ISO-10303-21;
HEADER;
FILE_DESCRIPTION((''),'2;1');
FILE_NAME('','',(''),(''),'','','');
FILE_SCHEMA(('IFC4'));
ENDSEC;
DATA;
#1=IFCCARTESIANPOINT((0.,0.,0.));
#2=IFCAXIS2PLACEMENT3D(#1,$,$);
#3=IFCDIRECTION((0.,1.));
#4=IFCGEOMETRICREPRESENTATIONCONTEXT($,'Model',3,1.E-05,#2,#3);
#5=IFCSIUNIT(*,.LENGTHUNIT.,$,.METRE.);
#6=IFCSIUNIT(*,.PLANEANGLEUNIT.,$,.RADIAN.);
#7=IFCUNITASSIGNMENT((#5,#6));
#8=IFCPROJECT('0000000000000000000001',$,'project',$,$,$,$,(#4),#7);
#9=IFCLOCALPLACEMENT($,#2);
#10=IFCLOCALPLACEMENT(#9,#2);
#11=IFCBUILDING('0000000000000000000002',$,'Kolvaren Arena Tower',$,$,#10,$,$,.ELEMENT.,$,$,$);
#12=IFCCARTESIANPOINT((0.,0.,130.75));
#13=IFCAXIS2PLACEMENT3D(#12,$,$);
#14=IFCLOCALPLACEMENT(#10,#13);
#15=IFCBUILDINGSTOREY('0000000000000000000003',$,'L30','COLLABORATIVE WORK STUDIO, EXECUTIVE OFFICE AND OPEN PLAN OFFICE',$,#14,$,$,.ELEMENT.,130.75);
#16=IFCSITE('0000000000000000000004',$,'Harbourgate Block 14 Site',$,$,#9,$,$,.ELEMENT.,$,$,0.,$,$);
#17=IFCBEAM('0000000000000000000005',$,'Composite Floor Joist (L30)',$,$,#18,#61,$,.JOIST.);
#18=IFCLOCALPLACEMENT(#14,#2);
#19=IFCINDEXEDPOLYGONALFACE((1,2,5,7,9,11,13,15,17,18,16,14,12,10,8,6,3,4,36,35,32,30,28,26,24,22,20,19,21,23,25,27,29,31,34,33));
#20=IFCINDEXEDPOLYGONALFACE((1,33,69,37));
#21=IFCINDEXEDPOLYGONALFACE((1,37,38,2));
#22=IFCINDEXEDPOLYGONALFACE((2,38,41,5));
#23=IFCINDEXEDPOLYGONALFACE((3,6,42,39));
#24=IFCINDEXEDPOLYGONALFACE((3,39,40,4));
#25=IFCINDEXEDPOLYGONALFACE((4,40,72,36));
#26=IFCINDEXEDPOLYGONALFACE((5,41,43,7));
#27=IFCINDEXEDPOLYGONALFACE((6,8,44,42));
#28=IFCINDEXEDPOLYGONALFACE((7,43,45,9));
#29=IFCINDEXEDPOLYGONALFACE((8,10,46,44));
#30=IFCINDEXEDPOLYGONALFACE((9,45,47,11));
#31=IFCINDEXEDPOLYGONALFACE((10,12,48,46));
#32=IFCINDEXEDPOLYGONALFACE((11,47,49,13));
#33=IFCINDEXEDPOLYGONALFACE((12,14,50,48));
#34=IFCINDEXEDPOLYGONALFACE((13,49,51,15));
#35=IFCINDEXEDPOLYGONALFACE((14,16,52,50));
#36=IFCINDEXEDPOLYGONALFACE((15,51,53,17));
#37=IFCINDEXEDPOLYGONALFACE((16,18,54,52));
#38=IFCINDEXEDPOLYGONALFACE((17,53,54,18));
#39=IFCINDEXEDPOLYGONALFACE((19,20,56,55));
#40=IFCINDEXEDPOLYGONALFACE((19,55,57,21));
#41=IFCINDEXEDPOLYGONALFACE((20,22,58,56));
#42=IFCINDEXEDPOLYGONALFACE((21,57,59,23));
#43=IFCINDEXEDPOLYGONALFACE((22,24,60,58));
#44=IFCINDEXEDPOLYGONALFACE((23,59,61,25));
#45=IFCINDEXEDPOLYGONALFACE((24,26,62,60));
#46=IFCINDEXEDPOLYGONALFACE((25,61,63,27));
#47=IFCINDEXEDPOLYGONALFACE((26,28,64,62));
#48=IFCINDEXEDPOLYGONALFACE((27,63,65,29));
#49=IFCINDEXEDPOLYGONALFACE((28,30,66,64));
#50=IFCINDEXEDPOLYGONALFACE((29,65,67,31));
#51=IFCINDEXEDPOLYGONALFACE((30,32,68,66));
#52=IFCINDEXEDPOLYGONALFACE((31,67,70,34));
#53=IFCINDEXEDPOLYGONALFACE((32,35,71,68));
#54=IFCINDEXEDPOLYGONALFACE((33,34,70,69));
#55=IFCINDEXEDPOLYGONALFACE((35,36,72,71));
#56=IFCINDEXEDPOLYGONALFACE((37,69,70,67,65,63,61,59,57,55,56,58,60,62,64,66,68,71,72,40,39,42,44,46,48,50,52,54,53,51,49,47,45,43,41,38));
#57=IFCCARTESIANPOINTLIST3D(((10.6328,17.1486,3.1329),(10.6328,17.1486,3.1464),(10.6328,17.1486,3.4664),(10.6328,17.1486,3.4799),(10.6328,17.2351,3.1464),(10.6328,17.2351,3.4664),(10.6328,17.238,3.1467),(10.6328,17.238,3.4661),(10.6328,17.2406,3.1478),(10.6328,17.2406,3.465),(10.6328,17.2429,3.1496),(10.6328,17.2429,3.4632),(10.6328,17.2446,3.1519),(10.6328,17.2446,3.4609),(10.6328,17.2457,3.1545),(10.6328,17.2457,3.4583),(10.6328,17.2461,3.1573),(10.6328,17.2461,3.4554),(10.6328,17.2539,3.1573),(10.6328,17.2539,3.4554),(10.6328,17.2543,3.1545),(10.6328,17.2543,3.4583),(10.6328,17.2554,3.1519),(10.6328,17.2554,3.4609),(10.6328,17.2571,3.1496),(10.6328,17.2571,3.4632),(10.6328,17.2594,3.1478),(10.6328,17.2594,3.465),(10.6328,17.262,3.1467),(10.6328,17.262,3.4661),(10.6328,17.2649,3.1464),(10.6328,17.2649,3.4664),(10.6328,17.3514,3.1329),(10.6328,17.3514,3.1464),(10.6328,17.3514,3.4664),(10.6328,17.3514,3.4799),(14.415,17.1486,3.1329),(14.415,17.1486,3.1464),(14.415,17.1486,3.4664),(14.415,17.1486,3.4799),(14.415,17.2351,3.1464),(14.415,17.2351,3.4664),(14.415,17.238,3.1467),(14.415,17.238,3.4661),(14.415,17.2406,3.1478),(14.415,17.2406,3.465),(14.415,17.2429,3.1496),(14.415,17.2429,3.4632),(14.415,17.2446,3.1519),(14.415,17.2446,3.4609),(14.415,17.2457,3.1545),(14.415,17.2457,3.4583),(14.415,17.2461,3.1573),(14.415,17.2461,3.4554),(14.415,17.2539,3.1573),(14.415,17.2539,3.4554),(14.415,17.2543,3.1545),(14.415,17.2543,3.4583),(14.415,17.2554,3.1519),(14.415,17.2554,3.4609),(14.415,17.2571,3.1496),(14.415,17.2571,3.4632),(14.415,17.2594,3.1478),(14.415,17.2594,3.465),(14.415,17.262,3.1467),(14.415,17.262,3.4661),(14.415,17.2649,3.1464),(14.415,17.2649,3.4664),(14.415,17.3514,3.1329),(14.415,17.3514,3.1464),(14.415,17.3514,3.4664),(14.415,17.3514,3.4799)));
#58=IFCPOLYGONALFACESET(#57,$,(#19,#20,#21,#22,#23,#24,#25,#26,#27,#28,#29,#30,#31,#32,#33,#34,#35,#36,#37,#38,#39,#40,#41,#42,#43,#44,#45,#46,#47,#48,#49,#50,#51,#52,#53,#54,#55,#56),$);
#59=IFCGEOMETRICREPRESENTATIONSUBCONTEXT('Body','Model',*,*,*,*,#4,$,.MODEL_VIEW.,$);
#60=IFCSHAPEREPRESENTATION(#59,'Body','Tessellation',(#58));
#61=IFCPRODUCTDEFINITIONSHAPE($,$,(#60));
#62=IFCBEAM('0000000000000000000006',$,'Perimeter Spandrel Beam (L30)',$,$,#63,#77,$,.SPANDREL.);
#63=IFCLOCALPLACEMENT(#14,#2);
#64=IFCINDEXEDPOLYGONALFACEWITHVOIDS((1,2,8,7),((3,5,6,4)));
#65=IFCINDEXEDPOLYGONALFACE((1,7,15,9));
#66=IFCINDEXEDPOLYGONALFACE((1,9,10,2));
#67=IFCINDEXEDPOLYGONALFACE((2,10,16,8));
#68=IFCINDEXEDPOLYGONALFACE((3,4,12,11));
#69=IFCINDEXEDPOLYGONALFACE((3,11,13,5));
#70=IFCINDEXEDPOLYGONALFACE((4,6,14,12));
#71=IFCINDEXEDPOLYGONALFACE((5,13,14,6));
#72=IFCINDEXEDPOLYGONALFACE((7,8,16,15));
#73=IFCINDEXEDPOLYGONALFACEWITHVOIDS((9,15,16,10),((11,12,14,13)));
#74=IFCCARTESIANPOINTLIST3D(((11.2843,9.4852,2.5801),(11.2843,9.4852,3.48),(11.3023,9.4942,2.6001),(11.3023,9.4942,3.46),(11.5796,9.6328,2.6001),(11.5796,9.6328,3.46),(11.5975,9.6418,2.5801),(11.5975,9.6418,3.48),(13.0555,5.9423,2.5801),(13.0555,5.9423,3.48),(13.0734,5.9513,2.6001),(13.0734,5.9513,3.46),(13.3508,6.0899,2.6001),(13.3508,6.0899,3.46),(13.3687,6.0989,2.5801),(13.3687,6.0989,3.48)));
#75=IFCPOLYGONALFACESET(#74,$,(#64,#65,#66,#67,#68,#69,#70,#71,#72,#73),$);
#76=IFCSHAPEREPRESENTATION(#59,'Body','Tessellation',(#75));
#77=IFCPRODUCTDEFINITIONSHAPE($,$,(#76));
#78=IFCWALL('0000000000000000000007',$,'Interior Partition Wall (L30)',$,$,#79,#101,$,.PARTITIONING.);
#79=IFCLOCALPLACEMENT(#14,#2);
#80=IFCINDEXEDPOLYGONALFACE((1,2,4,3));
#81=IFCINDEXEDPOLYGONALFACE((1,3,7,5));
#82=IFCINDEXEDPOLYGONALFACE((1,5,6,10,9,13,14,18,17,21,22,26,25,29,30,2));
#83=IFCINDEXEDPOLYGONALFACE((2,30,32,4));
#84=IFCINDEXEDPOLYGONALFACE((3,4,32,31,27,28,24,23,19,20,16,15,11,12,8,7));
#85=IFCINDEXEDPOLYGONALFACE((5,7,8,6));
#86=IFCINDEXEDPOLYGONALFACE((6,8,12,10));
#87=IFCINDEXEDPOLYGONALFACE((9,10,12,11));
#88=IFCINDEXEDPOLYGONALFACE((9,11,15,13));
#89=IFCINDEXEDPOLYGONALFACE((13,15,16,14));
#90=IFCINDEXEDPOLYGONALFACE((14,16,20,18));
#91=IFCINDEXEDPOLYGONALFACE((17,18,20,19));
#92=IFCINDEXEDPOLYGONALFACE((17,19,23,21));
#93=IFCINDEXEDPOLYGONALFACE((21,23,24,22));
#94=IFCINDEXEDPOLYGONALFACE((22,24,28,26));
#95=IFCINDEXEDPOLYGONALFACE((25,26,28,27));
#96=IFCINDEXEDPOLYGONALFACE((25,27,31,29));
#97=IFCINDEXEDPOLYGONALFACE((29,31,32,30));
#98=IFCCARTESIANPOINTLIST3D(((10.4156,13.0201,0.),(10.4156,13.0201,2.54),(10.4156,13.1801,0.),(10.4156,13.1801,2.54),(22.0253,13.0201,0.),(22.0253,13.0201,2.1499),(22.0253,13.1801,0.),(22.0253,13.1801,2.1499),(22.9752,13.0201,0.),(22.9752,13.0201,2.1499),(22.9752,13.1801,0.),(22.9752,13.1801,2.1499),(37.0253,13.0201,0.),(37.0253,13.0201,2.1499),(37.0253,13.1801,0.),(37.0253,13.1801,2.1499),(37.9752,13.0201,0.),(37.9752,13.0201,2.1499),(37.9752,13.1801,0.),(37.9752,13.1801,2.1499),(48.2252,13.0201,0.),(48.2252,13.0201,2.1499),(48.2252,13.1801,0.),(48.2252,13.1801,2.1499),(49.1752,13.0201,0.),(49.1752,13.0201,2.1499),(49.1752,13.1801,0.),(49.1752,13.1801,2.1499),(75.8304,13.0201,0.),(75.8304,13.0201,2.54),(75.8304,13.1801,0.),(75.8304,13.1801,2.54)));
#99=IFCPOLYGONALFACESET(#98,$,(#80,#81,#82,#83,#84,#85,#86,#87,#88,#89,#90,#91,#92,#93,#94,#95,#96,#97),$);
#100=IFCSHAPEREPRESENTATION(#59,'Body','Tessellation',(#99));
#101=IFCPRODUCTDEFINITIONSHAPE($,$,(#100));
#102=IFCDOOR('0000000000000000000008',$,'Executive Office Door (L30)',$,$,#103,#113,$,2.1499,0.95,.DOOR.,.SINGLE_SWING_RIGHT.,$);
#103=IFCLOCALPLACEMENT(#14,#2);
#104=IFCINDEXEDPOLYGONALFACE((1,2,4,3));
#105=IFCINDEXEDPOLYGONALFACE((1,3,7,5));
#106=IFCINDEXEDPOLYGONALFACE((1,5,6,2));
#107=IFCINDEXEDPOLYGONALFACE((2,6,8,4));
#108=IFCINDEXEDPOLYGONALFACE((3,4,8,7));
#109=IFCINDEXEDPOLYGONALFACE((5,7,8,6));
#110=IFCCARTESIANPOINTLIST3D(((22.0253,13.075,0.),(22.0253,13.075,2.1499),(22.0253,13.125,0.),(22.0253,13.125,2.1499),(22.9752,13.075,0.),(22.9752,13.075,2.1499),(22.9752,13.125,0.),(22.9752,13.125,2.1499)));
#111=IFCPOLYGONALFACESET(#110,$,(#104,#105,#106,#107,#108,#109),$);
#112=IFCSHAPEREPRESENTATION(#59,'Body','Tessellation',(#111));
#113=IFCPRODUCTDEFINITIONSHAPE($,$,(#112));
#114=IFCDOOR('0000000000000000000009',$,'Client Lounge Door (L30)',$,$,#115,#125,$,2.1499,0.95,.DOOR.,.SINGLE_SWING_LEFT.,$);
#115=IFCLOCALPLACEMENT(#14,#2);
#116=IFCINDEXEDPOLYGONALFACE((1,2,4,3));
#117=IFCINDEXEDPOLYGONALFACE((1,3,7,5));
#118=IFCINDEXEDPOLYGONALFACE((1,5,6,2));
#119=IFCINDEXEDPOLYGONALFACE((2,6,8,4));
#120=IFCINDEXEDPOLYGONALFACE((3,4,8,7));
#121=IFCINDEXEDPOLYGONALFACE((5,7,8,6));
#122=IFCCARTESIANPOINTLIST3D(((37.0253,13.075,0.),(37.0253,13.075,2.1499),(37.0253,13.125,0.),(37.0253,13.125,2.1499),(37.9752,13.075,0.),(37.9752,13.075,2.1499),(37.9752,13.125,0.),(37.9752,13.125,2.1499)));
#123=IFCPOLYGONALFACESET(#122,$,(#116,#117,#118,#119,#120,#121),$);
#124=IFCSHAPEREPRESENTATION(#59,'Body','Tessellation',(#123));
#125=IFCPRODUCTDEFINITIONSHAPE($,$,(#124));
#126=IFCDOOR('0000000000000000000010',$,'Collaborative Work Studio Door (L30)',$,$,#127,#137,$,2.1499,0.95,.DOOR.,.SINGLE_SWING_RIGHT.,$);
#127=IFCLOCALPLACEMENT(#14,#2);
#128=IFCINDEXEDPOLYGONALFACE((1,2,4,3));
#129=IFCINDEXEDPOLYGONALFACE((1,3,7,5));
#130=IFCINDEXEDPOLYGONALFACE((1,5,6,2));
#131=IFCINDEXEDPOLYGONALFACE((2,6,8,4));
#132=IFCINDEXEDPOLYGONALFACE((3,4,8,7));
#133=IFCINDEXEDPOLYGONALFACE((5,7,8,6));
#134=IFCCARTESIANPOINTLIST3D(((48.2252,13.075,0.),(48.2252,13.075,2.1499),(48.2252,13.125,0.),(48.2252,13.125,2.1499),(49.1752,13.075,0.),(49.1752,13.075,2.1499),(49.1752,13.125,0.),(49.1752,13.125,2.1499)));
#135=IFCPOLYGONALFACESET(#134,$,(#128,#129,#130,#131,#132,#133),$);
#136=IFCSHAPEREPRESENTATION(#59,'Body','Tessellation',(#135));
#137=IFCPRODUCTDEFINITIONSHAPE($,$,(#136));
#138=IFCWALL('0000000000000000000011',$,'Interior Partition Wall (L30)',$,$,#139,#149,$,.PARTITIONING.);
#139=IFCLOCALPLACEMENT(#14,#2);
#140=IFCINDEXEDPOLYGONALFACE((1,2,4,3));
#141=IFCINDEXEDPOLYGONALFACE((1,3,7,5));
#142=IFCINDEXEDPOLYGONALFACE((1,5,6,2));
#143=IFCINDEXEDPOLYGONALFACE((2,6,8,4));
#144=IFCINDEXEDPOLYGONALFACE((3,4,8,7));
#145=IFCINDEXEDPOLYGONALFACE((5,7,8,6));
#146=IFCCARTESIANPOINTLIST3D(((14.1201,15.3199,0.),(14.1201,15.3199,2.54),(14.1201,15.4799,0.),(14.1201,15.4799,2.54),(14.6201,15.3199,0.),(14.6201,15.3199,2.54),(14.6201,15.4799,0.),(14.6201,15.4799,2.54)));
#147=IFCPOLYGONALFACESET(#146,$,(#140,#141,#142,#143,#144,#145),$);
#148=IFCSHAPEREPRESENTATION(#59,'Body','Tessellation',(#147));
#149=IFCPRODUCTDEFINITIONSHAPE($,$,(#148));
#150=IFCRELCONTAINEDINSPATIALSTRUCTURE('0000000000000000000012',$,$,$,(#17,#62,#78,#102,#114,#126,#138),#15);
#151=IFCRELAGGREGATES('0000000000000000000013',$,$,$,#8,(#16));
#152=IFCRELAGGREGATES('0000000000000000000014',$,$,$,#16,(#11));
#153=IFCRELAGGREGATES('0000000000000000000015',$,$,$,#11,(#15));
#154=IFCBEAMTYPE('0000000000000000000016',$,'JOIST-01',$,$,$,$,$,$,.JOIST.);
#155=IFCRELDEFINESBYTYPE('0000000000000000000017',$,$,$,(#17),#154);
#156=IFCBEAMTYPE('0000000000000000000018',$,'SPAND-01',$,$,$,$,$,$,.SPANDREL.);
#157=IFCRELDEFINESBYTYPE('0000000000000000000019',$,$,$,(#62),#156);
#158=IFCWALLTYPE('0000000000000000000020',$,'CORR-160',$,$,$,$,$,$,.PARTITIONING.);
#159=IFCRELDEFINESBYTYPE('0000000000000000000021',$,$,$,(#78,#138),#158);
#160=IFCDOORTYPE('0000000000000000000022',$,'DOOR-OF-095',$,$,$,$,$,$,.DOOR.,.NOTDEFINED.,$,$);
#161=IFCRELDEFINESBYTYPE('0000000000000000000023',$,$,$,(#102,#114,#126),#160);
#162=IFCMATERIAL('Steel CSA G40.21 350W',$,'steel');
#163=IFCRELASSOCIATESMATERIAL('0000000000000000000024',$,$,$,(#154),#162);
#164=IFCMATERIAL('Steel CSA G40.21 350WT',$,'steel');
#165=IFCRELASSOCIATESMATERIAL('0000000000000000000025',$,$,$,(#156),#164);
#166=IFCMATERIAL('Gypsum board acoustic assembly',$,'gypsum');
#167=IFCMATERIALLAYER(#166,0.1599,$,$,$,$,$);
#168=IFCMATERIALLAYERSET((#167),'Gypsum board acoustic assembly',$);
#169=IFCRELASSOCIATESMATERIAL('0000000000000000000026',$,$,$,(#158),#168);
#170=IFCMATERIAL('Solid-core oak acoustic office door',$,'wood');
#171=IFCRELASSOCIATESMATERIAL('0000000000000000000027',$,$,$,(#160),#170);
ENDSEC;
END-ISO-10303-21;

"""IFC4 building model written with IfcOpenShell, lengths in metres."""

from ifc_helpers import new_model, si_unit, direction, frame, frame_2d, origin, origin_2d, place, context, subcontext, project, spatial, rectangle, hollow_rectangle, i_section, extrude, material, layer, layer_set, material_profile, profile_set, type_object, element, fill, save


model = new_model("IFC4")

# Units and contexts
model_context = context("Model", 3, precision=1e-05, world=origin(), true_north=direction((0.0, 1.0)))
body_context = subcontext(model_context, "Body", "Model", "MODEL_VIEW")
ifc_project = project(units=[si_unit("LENGTHUNIT", "METRE"), si_unit("PLANEANGLEUNIT", "RADIAN")], contexts=[model_context])

# Site, building, storey
site_placement = place(None, origin())
site = spatial("IfcSite", under=ifc_project, at=site_placement, Name="Harbourgate Block 14 Site", CompositionType="ELEMENT", RefElevation=0.0)
building_placement = place(site_placement, origin())
building = spatial("IfcBuilding", under=site, at=building_placement, Name="Kolvaren Arena Tower", CompositionType="ELEMENT")
storey_placement = place(building_placement, frame((0.0, 0.0, 130.75)))
storey = spatial("IfcBuildingStorey", under=building, at=storey_placement, Name="L30", Description="COLLABORATIVE WORK STUDIO, EXECUTIVE OFFICE AND OPEN PLAN OFFICE", CompositionType="ELEMENT", Elevation=130.75)

# Beams
ifc_material_1 = material(Name="Steel CSA G40.21 350W", Category="steel")
ifc_material_profile_1 = material_profile(ifc_material_1, i_section(OverallWidth=0.2029, OverallDepth=0.3469, WebThickness=0.0078, FlangeThickness=0.0134, FilletRadius=0.011, at=origin_2d()), Name="W360x64")
ifc_profile_set_1 = profile_set([ifc_material_profile_1], Name="Steel CSA G40.21 350W")
beam_type_1 = type_object("IfcBeamType", Name="JOIST-01", PredefinedType="JOIST", material=ifc_profile_set_1)
beam_1_placement = place(storey_placement, frame((10.6328, 17.25, 3.3064), z_axis=(1.0, 0.0, 0.0), x_axis=(0.0, 1.0, 0.0)))
element("IfcBeam", 1, at=beam_1_placement, inside=storey, type_object=beam_type_1, Name="Composite Floor Joist (L30)", PredefinedType="JOIST", context=body_context, shape_type="SweptSolid", body=[
    extrude(i_section(OverallWidth=0.2029, OverallDepth=0.3469, WebThickness=0.0078, FlangeThickness=0.0134, FilletRadius=0.011, at=origin_2d()), origin(), (0.0, 0.0, 1.0), 3.7822),
])
ifc_material_2 = material(Name="Steel CSA G40.21 350WT", Category="steel")
ifc_material_profile_2 = material_profile(ifc_material_2, hollow_rectangle(XDim=0.3501, YDim=0.8999, WallThickness=0.02, at=origin_2d()), Name="HSS 900x350x20")
ifc_profile_set_2 = profile_set([ifc_material_profile_2], Name="Steel CSA G40.21 350WT")
beam_type_2 = type_object("IfcBeamType", Name="SPAND-01", PredefinedType="SPANDREL", material=ifc_profile_set_2)
beam_2_placement = place(storey_placement, frame((11.4409, 9.5635, 3.03), z_axis=(0.447164, -0.894452, 0.0), x_axis=(0.894452, 0.447164, 0.0)))
element("IfcBeam", 2, at=beam_2_placement, inside=storey, type_object=beam_type_2, Name="Perimeter Spandrel Beam (L30)", PredefinedType="SPANDREL", context=body_context, shape_type="SweptSolid", body=[
    extrude(hollow_rectangle(XDim=0.3501, YDim=0.8999, WallThickness=0.02, at=origin_2d()), origin(), (0.0, 0.0, 1.0), 3.9609),
])

# Wall, openings, doors
ifc_material_3 = material(Name="Gypsum board acoustic assembly", Category="gypsum")
ifc_layer_1 = layer(ifc_material_3, 0.1599)
ifc_layer_set_1 = layer_set([ifc_layer_1], Name="Gypsum board acoustic assembly")
wall_type_1 = type_object("IfcWallType", Name="CORR-160", PredefinedType="PARTITIONING", material=ifc_layer_set_1)
wall_1_placement = place(storey_placement, frame((10.4155, 13.1001, 0.0), z_axis=(0.0, 0.0, 1.0), x_axis=(1.0, 0.0, 0.0)))
wall_1 = element("IfcWall", 3, at=wall_1_placement, inside=storey, type_object=wall_type_1, Name="Interior Partition Wall (L30)", PredefinedType="PARTITIONING", context=body_context, shape_type="SweptSolid", body=[
    extrude(rectangle(XDim=65.4148, YDim=0.1599, at=frame_2d((32.7075, 0.0))), origin(), (0.0, 0.0, 1.0), 2.54),
])
opening_1_placement = place(wall_1_placement, frame((11.6096, 0.0, 0.0)))
opening_1 = element("IfcOpeningElement", 4, at=opening_1_placement, cuts=wall_1, PredefinedType="OPENING", context=body_context, shape_type="SweptSolid", body=[
    extrude(rectangle(XDim=0.95, YDim=2.1499, at=frame_2d((0.4751, 1.075))), frame((0.0, 0.0898, 0.0), z_axis=(0.0, -1.0, 0.0), x_axis=(1.0, 0.0, 0.0)), (0.0, 0.0, 1.0), 0.1799),
])
opening_2_placement = place(wall_1_placement, frame((26.6096, 0.0, 0.0)))
opening_2 = element("IfcOpeningElement", 5, at=opening_2_placement, cuts=wall_1, PredefinedType="OPENING", context=body_context, shape_type="SweptSolid", body=[
    extrude(rectangle(XDim=0.95, YDim=2.1499, at=frame_2d((0.4751, 1.075))), frame((0.0, 0.0898, 0.0), z_axis=(0.0, -1.0, 0.0), x_axis=(1.0, 0.0, 0.0)), (0.0, 0.0, 1.0), 0.1799),
])
opening_3_placement = place(wall_1_placement, frame((37.8096, 0.0, 0.0)))
opening_3 = element("IfcOpeningElement", 6, at=opening_3_placement, cuts=wall_1, PredefinedType="OPENING", context=body_context, shape_type="SweptSolid", body=[
    extrude(rectangle(XDim=0.95, YDim=2.1499, at=frame_2d((0.4751, 1.075))), frame((0.0, 0.0898, 0.0), z_axis=(0.0, -1.0, 0.0), x_axis=(1.0, 0.0, 0.0)), (0.0, 0.0, 1.0), 0.1799),
])
ifc_material_4 = material(Name="Solid-core oak acoustic office door", Category="wood")
door_type_1 = type_object("IfcDoorType", Name="DOOR-OF-095", OperationType="NOTDEFINED", PredefinedType="DOOR", material=ifc_material_4)
door_1_placement = place(opening_1_placement, origin())
door_1 = element("IfcDoor", 7, at=door_1_placement, inside=storey, type_object=door_type_1, Name="Executive Office Door (L30)", OperationType="SINGLE_SWING_RIGHT", OverallHeight=2.1499, OverallWidth=0.95, PredefinedType="DOOR", context=body_context, shape_type="SweptSolid", body=[
    extrude(rectangle(XDim=0.95, YDim=2.1499, at=frame_2d((0.4751, 1.075))), frame((0.0, 0.0249, 0.0), z_axis=(0.0, -1.0, 0.0), x_axis=(1.0, 0.0, 0.0)), (0.0, 0.0, 1.0), 0.05),
])
fill(opening_1, door_1)
door_2_placement = place(opening_2_placement, origin())
door_2 = element("IfcDoor", 8, at=door_2_placement, inside=storey, type_object=door_type_1, Name="Client Lounge Door (L30)", OperationType="SINGLE_SWING_LEFT", OverallHeight=2.1499, OverallWidth=0.95, PredefinedType="DOOR", context=body_context, shape_type="SweptSolid", body=[
    extrude(rectangle(XDim=0.95, YDim=2.1499, at=frame_2d((0.4751, 1.075))), frame((0.0, 0.0249, 0.0), z_axis=(0.0, -1.0, 0.0), x_axis=(1.0, 0.0, 0.0)), (0.0, 0.0, 1.0), 0.05),
])
fill(opening_2, door_2)
door_3_placement = place(opening_3_placement, origin())
door_3 = element("IfcDoor", 9, at=door_3_placement, inside=storey, type_object=door_type_1, Name="Collaborative Work Studio Door (L30)", OperationType="SINGLE_SWING_RIGHT", OverallHeight=2.1499, OverallWidth=0.95, PredefinedType="DOOR", context=body_context, shape_type="SweptSolid", body=[
    extrude(rectangle(XDim=0.95, YDim=2.1499, at=frame_2d((0.4751, 1.075))), frame((0.0, 0.0249, 0.0), z_axis=(0.0, -1.0, 0.0), x_axis=(1.0, 0.0, 0.0)), (0.0, 0.0, 1.0), 0.05),
])
fill(opening_3, door_3)

# Wall
wall_2_placement = place(storey_placement, frame((14.1201, 15.3999, 0.0), z_axis=(0.0, 0.0, 1.0), x_axis=(1.0, 0.0, 0.0)))
element("IfcWall", 10, at=wall_2_placement, inside=storey, type_object=wall_type_1, Name="Interior Partition Wall (L30)", PredefinedType="PARTITIONING", context=body_context, shape_type="SweptSolid", body=[
    extrude(rectangle(XDim=0.5, YDim=0.1599, at=frame_2d((0.25, 0.0))), origin(), (0.0, 0.0, 1.0), 2.54),
])

save(model, "model.ifc")
